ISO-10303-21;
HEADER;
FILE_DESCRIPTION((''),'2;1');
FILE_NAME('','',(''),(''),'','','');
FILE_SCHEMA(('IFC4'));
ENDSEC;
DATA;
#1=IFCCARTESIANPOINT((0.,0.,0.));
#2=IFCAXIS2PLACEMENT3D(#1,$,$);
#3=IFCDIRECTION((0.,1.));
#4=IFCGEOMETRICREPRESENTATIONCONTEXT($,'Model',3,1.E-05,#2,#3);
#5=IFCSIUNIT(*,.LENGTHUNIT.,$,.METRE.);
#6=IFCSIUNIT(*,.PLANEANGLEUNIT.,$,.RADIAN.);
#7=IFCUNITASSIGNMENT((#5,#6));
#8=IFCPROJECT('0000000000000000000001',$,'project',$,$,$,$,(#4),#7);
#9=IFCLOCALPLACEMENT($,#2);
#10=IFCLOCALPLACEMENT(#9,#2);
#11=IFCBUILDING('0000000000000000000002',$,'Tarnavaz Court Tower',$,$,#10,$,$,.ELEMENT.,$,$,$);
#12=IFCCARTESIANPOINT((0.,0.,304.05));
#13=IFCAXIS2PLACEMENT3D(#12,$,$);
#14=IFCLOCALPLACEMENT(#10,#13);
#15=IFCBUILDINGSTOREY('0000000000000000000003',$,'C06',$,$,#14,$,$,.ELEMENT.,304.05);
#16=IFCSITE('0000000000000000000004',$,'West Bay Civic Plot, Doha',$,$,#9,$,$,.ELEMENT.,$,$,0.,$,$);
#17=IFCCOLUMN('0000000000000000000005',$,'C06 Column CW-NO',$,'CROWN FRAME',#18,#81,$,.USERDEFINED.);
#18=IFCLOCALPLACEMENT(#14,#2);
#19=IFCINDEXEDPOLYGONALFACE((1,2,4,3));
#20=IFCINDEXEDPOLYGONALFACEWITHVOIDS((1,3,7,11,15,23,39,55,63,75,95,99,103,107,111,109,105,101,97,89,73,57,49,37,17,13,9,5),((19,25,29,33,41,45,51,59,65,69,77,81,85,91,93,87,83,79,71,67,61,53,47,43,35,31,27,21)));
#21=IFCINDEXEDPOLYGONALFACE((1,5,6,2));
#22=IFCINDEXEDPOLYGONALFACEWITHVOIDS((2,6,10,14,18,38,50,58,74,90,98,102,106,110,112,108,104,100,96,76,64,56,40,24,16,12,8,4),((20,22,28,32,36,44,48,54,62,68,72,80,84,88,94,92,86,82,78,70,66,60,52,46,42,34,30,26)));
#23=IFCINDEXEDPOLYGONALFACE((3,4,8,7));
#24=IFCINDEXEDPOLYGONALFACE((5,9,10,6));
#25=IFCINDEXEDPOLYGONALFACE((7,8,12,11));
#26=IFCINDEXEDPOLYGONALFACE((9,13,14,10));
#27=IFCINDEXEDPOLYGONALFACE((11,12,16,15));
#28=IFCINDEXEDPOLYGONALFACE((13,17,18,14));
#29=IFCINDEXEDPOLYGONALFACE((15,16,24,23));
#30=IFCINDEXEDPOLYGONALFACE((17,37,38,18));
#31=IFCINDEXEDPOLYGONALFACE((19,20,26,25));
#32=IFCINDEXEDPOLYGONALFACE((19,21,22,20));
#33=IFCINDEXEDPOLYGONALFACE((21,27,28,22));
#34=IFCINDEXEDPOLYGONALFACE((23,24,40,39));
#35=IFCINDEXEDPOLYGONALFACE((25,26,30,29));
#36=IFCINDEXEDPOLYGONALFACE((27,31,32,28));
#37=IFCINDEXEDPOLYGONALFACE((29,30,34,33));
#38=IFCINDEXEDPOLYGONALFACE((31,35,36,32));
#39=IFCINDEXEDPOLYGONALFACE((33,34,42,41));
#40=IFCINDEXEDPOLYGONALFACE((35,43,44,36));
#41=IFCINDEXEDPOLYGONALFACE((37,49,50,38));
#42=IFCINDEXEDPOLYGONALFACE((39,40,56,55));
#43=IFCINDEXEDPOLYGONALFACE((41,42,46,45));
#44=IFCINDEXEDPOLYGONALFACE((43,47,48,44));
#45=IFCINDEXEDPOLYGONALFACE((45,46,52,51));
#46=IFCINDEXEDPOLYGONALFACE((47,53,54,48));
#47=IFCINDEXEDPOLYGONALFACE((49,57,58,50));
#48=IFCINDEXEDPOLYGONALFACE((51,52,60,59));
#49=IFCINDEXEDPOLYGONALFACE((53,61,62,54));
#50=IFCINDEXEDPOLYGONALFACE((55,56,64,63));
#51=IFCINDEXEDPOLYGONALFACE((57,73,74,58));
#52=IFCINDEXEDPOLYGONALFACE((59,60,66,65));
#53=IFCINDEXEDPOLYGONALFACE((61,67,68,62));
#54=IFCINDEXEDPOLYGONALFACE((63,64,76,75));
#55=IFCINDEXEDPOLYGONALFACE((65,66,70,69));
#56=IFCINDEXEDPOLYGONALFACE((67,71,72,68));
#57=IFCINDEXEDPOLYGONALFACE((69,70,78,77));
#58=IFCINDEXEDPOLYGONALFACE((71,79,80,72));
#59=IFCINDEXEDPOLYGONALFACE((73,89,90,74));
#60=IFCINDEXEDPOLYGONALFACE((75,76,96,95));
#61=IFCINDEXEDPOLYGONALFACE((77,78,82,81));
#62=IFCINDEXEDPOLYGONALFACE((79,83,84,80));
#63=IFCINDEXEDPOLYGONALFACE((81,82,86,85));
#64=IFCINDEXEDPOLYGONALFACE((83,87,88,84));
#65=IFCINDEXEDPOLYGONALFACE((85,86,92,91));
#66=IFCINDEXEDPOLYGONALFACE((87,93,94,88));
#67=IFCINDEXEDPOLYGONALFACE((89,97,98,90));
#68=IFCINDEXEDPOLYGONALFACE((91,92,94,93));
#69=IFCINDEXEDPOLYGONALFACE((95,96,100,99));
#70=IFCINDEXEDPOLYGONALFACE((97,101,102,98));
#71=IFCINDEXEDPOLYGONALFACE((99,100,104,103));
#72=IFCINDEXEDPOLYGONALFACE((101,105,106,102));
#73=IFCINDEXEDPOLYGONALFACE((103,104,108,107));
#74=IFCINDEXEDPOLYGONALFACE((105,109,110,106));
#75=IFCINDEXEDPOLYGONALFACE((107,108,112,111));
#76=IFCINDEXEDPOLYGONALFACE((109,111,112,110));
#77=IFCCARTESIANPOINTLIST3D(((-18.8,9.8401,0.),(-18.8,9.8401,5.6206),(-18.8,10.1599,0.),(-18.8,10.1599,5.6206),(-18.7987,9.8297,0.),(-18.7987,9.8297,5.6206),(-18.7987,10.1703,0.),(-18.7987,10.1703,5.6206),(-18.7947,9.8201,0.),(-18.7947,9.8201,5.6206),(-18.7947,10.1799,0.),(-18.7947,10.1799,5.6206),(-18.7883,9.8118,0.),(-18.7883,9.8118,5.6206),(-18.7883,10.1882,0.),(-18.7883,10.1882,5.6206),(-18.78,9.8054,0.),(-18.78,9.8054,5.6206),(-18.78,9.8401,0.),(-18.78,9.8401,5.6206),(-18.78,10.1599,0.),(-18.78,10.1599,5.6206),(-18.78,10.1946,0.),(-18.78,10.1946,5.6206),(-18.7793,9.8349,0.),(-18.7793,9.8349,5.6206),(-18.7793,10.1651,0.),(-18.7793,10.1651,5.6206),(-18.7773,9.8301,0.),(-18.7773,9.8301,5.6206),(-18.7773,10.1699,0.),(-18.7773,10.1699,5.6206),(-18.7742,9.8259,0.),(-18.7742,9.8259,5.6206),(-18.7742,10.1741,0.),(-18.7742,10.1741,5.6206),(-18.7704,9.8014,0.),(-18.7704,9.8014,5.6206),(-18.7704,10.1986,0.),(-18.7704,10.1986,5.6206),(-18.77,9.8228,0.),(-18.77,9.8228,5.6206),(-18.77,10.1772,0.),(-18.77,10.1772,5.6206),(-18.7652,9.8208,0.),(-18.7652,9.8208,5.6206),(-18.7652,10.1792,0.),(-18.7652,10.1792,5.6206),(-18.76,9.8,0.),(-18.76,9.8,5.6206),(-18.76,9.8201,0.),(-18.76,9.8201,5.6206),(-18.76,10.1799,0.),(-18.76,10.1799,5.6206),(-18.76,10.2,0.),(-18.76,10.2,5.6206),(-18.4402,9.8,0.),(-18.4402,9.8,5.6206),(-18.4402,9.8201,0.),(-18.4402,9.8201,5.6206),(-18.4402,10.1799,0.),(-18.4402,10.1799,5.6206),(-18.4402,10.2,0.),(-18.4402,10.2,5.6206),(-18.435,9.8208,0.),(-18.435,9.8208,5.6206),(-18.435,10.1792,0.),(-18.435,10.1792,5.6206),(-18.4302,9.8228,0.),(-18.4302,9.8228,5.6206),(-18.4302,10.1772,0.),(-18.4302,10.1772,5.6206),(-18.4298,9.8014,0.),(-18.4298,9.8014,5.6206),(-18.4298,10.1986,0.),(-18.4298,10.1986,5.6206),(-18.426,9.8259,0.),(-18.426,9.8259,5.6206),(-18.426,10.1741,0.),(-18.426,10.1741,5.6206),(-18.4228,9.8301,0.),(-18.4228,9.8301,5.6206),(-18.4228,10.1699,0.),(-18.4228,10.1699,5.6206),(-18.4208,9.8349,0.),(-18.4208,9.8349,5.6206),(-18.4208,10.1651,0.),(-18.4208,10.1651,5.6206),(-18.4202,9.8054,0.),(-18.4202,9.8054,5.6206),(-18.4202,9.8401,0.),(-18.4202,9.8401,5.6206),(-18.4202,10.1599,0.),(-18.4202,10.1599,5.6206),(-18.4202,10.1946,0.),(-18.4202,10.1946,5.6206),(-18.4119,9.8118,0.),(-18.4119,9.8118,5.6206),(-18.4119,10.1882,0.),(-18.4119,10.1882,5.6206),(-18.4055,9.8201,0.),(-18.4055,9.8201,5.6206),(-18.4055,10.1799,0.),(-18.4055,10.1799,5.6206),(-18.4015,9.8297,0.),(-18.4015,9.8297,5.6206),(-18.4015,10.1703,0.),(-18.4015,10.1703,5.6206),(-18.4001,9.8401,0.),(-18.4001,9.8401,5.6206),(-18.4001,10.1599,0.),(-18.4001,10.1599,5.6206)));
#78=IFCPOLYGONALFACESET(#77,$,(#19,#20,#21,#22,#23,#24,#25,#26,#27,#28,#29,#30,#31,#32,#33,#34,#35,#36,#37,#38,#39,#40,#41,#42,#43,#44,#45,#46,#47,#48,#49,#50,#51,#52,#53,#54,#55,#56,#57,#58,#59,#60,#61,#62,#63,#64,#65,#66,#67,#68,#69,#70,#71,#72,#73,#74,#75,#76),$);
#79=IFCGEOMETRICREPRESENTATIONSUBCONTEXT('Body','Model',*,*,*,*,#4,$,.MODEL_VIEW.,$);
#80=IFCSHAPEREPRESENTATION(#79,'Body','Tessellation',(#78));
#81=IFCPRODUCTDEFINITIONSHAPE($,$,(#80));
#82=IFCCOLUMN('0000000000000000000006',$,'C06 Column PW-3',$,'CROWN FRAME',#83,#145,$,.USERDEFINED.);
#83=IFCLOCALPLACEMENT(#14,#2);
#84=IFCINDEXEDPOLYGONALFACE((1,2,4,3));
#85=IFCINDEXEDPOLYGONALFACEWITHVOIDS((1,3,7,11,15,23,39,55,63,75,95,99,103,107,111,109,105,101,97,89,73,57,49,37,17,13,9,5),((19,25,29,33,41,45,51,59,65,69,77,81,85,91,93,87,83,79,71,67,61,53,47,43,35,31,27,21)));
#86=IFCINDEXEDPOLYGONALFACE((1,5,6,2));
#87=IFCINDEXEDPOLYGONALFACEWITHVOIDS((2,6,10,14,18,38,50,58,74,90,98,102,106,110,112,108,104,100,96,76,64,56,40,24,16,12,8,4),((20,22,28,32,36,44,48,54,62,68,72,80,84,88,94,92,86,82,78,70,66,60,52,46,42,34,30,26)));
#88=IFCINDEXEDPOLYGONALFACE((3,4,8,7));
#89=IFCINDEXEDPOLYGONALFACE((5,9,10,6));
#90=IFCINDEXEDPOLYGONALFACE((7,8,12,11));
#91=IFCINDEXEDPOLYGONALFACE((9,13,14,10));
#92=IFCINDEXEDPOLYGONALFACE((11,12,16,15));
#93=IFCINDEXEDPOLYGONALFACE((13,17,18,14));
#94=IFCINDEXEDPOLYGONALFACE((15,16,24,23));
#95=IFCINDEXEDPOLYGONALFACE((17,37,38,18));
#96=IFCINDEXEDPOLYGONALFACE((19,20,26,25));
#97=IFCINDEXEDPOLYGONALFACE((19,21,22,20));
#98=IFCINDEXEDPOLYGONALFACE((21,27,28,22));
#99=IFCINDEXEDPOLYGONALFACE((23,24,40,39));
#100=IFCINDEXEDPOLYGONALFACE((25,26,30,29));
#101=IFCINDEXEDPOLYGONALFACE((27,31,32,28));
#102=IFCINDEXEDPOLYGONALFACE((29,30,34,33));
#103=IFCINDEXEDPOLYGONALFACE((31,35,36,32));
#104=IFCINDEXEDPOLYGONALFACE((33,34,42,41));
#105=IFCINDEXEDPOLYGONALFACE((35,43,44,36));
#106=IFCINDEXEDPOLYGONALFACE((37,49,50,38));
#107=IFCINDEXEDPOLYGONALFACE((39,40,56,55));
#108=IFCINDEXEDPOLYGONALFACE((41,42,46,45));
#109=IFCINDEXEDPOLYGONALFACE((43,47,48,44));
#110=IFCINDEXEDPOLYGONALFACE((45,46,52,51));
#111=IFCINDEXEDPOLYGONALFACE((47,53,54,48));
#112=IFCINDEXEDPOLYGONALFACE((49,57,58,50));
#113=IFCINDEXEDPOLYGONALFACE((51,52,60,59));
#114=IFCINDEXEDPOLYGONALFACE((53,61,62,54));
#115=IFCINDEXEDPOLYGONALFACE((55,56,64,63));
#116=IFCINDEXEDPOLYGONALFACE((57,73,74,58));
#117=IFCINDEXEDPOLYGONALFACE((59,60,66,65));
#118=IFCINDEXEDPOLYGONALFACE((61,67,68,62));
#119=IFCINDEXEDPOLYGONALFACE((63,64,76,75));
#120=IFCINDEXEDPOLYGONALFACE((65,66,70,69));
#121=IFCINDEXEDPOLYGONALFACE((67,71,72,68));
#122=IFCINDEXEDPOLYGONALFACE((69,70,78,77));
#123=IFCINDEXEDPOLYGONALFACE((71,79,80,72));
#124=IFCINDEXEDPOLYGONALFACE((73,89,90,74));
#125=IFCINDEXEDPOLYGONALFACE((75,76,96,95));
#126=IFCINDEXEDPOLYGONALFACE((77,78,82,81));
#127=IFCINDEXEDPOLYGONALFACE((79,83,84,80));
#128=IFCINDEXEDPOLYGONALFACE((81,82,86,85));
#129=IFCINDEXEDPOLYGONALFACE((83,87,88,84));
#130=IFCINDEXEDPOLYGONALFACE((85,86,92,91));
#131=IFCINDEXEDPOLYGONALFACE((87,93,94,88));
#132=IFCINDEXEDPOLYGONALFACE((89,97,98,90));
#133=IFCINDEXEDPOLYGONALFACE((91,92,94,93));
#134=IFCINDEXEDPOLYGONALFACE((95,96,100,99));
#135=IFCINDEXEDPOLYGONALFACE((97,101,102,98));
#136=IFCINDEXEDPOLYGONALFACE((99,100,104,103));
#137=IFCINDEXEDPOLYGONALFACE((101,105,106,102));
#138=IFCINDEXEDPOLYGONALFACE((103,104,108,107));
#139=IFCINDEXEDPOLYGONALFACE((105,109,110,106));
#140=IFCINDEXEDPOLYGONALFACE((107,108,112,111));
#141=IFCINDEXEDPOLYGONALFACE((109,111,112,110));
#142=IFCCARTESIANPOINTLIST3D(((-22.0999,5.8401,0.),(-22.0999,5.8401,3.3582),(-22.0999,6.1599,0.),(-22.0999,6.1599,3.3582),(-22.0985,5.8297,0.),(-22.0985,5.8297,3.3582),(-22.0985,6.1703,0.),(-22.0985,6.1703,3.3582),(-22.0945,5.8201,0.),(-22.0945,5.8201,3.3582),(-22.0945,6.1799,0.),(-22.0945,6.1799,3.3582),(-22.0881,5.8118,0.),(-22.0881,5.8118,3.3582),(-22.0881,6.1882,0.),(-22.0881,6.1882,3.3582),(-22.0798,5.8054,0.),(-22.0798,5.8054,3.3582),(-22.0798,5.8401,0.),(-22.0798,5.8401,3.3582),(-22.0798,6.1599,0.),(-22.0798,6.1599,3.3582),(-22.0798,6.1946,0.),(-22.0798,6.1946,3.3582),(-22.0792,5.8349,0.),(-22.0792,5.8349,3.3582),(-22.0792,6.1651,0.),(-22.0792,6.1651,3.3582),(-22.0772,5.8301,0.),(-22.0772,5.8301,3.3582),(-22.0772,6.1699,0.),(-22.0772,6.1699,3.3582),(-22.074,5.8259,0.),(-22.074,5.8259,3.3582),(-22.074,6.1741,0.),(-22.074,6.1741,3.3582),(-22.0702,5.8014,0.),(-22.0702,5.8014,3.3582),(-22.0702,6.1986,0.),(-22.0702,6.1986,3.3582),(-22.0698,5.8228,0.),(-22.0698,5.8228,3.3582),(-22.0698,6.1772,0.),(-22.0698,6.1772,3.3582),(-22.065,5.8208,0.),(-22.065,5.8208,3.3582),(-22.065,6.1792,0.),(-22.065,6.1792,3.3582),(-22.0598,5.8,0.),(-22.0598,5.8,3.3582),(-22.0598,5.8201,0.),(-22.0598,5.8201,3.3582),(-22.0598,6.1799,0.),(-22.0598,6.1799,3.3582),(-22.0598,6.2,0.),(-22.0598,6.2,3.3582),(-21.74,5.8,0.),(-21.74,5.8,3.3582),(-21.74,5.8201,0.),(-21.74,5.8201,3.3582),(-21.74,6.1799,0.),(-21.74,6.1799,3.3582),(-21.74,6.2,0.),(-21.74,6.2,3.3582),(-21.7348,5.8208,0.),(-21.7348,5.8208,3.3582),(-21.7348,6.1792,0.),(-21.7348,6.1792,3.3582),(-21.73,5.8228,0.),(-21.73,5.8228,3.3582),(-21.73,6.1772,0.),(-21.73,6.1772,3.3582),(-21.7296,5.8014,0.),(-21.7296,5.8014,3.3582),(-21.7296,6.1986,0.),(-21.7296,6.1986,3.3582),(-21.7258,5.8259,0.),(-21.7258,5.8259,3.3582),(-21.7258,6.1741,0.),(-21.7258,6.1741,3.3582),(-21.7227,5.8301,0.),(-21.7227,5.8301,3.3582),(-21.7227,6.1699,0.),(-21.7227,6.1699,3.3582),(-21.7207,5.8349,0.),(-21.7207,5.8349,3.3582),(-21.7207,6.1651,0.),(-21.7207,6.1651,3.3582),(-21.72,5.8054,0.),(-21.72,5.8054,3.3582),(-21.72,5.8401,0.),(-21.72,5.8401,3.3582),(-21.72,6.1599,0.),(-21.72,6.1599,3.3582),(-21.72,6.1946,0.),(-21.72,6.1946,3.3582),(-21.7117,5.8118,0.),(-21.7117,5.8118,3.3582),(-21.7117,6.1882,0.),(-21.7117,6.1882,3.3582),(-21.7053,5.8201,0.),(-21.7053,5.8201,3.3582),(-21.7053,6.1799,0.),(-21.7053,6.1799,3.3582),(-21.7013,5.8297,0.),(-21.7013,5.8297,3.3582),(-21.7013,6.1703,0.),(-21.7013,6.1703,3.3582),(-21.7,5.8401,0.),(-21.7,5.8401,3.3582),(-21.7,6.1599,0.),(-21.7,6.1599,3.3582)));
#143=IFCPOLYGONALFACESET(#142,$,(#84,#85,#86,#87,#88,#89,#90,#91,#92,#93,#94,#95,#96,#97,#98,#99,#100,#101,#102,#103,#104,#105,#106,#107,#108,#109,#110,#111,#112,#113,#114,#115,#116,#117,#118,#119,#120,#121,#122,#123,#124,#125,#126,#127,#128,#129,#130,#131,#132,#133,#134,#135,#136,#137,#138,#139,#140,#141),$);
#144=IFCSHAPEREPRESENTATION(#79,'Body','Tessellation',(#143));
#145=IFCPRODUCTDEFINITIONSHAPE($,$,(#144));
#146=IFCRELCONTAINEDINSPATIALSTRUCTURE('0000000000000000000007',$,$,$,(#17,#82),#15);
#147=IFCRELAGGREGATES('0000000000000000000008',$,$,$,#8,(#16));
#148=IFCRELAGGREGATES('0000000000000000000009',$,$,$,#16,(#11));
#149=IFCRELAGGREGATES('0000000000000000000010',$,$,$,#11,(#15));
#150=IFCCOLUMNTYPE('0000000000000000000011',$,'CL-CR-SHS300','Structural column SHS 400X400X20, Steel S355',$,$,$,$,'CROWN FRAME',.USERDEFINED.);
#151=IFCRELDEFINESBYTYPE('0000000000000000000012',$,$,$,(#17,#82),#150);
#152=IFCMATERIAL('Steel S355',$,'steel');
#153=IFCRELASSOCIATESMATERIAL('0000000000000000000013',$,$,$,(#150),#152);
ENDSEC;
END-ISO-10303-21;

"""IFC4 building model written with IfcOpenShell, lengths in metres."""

from ifc_helpers import new_model, si_unit, direction, frame, origin, origin_2d, place, context, subcontext, project, spatial, hollow_rectangle, extrude, material, material_profile, profile_set, type_object, element, save


model = new_model("IFC4")

# Units and contexts
model_context = context("Model", 3, precision=1e-05, world=origin(), true_north=direction((0.0, 1.0)))
body_context = subcontext(model_context, "Body", "Model", "MODEL_VIEW")
ifc_project = project(units=[si_unit("LENGTHUNIT", "METRE"), si_unit("PLANEANGLEUNIT", "RADIAN")], contexts=[model_context])

# Site, building, storey
site_placement = place(None, origin())
site = spatial("IfcSite", under=ifc_project, at=site_placement, Name="West Bay Civic Plot, Doha", CompositionType="ELEMENT", RefElevation=0.0)
building_placement = place(site_placement, origin())
building = spatial("IfcBuilding", under=site, at=building_placement, Name="Tarnavaz Court Tower", CompositionType="ELEMENT")
storey_placement = place(building_placement, frame((0.0, 0.0, 304.05)))
storey = spatial("IfcBuildingStorey", under=building, at=storey_placement, Name="C06", CompositionType="ELEMENT", Elevation=304.05)

# Columns
ifc_material_1 = material(Name="Steel S355", Category="steel")
ifc_material_profile_1 = material_profile(ifc_material_1, hollow_rectangle(XDim=0.3999, YDim=0.3999, WallThickness=0.02, InnerFilletRadius=0.02, OuterFilletRadius=0.04, at=origin_2d()), Name="SHS 400X400X20")
ifc_profile_set_1 = profile_set([ifc_material_profile_1], Name="Steel S355")
column_type = type_object("IfcColumnType", Name="CL-CR-SHS300", Description="Structural column SHS 400X400X20, Steel S355", ElementType="CROWN FRAME", PredefinedType="USERDEFINED", material=ifc_profile_set_1)
for number, where, z_axis, x_axis, name in (
    (1, (-18.6001, 10.0, 0.0), (0.0, 0.0, 1.0), (1.0, 0.0, 0.0), "C06 Column CW-NO"),
):
    element("IfcColumn", number, at=place(storey_placement, frame(where, z_axis=z_axis, x_axis=x_axis)), inside=storey, type_object=column_type, Name=name, ObjectType="CROWN FRAME", PredefinedType="USERDEFINED", context=body_context, shape_type="SweptSolid", body=[
        extrude(hollow_rectangle(XDim=0.3999, YDim=0.3999, WallThickness=0.02, InnerFilletRadius=0.02, OuterFilletRadius=0.04, at=origin_2d()), origin(), (0.0, 0.0, 1.0), 5.6206),
    ])
column_1_placement = place(storey_placement, frame((-21.8999, 6.0, 0.0), z_axis=(0.0, 0.0, 1.0), x_axis=(1.0, 0.0, 0.0)))
element("IfcColumn", 2, at=column_1_placement, inside=storey, type_object=column_type, Name="C06 Column PW-3", ObjectType="CROWN FRAME", PredefinedType="USERDEFINED", context=body_context, shape_type="SweptSolid", body=[
    extrude(hollow_rectangle(XDim=0.3999, YDim=0.3999, WallThickness=0.02, InnerFilletRadius=0.02, OuterFilletRadius=0.04, at=origin_2d()), origin(), (0.0, 0.0, 1.0), 3.3582),
])

save(model, "model.ifc")
